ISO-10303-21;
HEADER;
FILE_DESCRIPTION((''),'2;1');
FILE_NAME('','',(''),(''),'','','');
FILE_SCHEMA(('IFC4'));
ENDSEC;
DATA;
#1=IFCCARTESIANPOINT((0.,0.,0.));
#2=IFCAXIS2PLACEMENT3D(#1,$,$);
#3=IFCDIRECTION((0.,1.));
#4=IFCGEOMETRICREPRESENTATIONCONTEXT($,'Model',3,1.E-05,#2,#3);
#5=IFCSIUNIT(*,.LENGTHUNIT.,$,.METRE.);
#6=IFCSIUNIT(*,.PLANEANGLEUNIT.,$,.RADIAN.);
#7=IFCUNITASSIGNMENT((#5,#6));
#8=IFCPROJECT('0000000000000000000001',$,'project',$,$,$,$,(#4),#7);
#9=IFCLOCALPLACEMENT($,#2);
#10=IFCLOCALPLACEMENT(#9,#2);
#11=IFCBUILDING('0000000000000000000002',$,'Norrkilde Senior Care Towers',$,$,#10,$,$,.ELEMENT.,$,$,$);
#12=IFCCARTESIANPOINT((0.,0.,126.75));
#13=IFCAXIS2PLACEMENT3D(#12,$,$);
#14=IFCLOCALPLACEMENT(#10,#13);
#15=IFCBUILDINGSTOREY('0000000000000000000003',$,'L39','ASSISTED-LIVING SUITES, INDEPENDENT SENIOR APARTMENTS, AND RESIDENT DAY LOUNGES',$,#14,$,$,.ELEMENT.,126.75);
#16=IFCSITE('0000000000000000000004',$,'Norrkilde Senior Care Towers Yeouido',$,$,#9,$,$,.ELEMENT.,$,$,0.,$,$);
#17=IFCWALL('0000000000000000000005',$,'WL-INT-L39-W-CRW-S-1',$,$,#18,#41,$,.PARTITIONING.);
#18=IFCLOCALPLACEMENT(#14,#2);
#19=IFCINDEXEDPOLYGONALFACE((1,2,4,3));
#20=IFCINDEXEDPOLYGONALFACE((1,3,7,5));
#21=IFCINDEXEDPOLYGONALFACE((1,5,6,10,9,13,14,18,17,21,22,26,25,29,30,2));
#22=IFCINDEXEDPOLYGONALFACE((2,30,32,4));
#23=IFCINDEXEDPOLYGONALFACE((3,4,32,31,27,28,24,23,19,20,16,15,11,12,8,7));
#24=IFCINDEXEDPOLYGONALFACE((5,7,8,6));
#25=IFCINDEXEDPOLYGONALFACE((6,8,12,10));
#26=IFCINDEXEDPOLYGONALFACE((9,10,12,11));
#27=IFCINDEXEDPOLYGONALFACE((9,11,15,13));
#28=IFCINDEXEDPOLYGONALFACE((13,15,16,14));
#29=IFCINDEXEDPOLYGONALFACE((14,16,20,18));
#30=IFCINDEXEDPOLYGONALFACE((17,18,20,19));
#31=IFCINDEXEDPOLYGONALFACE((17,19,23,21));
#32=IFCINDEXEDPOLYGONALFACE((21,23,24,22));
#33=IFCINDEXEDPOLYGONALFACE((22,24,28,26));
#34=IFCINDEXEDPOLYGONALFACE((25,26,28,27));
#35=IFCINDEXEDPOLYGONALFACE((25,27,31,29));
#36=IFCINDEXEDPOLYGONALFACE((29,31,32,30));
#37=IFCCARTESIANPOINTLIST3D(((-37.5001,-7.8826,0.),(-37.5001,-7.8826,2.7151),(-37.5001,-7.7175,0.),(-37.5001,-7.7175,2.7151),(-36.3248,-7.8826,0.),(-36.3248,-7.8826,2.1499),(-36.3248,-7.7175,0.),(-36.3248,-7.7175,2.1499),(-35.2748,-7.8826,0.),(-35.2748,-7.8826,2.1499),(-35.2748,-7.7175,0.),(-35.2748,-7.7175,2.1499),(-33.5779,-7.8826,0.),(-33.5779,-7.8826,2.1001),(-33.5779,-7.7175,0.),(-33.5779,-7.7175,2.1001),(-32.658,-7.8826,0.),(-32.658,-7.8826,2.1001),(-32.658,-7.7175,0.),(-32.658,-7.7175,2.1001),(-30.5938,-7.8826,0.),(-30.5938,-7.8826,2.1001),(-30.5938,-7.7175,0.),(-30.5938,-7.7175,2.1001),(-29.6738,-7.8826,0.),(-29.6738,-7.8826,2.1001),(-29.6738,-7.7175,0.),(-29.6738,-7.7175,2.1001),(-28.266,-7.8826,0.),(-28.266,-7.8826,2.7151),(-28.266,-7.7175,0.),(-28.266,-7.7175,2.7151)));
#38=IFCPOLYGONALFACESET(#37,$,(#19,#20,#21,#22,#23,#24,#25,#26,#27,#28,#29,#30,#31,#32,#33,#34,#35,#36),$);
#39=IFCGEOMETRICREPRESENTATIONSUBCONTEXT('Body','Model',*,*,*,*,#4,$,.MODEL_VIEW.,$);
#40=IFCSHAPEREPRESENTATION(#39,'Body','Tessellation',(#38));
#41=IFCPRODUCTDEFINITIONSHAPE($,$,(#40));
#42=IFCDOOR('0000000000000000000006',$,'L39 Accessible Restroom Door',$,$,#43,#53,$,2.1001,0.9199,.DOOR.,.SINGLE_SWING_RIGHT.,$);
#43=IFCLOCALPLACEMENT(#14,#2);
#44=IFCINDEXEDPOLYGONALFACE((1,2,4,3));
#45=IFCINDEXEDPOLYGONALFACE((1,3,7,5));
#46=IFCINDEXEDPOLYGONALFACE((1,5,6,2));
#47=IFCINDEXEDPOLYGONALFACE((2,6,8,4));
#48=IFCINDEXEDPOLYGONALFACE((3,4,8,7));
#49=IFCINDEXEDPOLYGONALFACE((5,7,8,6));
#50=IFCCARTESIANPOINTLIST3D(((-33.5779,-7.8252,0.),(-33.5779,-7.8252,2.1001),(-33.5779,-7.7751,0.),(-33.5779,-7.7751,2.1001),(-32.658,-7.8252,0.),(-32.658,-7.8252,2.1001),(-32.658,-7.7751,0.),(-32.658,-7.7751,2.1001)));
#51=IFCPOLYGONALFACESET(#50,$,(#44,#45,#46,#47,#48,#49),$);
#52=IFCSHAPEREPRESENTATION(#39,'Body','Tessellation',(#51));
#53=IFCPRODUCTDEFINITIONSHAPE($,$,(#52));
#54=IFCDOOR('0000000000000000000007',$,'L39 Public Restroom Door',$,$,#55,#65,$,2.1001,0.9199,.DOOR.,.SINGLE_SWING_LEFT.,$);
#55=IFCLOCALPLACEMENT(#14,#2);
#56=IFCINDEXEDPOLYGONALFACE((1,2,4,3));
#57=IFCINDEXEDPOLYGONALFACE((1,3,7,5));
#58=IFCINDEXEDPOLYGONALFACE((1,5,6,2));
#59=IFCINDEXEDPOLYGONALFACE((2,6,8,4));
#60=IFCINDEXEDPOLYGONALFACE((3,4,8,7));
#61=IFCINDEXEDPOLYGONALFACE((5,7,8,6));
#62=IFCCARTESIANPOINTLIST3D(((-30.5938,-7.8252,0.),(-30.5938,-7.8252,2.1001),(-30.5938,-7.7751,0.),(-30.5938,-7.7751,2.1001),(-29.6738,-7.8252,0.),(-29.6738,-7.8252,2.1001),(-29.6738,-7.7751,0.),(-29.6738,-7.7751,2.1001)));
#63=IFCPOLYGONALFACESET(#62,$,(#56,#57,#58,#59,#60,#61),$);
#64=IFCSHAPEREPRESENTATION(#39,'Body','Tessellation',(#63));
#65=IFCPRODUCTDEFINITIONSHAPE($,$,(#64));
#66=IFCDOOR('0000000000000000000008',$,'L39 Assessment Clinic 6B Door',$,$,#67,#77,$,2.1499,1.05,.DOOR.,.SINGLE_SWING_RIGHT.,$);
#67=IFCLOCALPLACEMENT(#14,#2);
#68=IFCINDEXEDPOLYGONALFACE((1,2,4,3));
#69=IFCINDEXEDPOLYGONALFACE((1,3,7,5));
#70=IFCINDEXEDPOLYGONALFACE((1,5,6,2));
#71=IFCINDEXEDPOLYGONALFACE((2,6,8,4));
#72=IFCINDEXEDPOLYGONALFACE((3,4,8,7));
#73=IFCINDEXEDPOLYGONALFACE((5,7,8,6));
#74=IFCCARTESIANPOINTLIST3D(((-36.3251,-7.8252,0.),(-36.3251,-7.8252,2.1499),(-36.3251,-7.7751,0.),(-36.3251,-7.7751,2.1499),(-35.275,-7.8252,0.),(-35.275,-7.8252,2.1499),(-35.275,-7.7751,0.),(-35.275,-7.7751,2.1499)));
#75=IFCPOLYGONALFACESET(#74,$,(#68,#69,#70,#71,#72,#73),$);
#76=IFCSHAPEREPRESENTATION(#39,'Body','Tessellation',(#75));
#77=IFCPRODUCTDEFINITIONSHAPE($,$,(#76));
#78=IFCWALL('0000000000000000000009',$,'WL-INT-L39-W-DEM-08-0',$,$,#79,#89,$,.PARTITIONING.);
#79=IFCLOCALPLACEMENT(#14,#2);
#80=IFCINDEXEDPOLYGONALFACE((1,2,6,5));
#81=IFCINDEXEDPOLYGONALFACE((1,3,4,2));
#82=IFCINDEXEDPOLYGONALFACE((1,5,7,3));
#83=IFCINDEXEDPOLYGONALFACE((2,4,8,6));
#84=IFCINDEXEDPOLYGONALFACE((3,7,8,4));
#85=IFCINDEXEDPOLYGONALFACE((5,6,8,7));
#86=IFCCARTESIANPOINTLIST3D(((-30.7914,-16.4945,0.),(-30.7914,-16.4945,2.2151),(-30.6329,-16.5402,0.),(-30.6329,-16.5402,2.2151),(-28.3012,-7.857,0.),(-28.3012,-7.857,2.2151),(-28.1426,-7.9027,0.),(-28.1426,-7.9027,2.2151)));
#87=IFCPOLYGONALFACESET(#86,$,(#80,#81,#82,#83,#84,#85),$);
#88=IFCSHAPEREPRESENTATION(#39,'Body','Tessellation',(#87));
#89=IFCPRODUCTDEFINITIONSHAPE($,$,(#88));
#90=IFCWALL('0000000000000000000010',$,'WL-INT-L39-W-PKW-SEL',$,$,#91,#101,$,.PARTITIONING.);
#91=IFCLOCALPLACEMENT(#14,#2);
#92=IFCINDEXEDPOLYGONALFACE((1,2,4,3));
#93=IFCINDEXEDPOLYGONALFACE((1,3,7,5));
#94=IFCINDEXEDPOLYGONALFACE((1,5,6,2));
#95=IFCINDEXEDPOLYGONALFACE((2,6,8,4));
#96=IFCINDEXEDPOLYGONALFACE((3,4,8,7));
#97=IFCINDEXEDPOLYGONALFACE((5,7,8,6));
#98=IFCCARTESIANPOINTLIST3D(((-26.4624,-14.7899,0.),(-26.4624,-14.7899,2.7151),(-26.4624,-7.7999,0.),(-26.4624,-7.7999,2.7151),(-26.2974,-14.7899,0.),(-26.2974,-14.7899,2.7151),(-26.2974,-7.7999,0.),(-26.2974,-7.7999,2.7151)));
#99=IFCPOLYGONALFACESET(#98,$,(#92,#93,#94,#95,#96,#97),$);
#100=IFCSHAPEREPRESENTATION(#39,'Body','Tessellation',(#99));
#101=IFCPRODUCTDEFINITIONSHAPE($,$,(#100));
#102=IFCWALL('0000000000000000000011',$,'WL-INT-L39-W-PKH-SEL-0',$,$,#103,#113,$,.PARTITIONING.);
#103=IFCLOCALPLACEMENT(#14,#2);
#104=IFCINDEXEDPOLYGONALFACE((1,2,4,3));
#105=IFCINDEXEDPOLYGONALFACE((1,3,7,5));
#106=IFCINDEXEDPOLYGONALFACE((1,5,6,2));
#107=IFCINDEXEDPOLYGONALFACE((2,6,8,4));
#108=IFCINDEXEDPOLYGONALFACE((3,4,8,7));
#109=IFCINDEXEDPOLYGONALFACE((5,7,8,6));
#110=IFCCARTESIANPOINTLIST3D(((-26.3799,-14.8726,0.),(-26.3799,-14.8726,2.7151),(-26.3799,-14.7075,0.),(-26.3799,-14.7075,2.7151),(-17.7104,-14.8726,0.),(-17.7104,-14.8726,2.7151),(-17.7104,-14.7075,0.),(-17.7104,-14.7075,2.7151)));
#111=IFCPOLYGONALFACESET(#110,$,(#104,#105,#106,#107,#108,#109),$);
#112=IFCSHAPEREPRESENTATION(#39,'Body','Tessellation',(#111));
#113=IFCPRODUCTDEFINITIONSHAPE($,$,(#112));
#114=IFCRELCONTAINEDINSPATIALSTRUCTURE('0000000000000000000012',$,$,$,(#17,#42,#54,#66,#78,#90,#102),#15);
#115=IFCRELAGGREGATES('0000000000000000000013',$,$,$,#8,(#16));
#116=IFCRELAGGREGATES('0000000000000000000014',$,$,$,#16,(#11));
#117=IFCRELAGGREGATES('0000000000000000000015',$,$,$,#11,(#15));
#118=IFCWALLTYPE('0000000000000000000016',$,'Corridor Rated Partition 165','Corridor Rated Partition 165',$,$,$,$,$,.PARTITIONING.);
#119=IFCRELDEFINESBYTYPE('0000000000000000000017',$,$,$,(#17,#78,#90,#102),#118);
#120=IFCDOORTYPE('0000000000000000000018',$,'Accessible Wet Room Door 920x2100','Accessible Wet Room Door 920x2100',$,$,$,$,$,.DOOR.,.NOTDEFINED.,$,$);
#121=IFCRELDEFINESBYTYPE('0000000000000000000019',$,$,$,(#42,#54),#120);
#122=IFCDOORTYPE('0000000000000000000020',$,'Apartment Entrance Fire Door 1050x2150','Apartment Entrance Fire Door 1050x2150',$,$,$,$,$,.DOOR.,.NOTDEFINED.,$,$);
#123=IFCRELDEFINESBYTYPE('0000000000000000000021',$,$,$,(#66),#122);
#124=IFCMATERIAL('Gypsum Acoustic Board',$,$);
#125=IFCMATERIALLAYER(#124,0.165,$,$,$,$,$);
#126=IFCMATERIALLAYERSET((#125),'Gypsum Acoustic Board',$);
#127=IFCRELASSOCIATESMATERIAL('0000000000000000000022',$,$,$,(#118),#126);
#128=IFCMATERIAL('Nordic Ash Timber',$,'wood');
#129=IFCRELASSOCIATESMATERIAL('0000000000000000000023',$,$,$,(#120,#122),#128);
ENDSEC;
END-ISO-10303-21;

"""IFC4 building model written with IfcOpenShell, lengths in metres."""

from ifc_helpers import new_model, si_unit, direction, frame, frame_2d, origin, place, context, subcontext, project, spatial, rectangle, extrude, source, transform, mapped, material, layer, layer_set, type_object, type_shapes, element, fill, save


model = new_model("IFC4")

# Units and contexts
model_context = context("Model", 3, precision=1e-05, world=origin(), true_north=direction((0.0, 1.0)))
body_context = subcontext(model_context, "Body", "Model", "MODEL_VIEW")
ifc_project = project(units=[si_unit("LENGTHUNIT", "METRE"), si_unit("PLANEANGLEUNIT", "RADIAN")], contexts=[model_context])

# Site, building, storey
site_placement = place(None, origin())
site = spatial("IfcSite", under=ifc_project, at=site_placement, Name="Norrkilde Senior Care Towers Yeouido", CompositionType="ELEMENT", RefElevation=0.0)
building_placement = place(site_placement, origin())
building = spatial("IfcBuilding", under=site, at=building_placement, Name="Norrkilde Senior Care Towers", CompositionType="ELEMENT")
storey_placement = place(building_placement, frame((0.0, 0.0, 126.75)))
storey = spatial("IfcBuildingStorey", under=building, at=storey_placement, Name="L39", Description="ASSISTED-LIVING SUITES, INDEPENDENT SENIOR APARTMENTS, AND RESIDENT DAY LOUNGES", CompositionType="ELEMENT", Elevation=126.75)

# Shared definitions
ifc_material_1 = material(Name="Gypsum Acoustic Board")
ifc_layer_1 = layer(ifc_material_1, 0.165)
ifc_layer_set_1 = layer_set([ifc_layer_1], Name="Gypsum Acoustic Board")
wall_type_1 = type_object("IfcWallType", Name="Corridor Rated Partition 165", Description="Corridor Rated Partition 165", PredefinedType="PARTITIONING", material=ifc_layer_set_1)

# Wall, openings, doors
shared_shape_1 = source(origin(), body_context, "Body", "SweptSolid", [
    extrude(rectangle(XDim=9.2341, YDim=0.165, at=frame_2d((4.6172, 0.0))), origin(), (0.0, 0.0, 1.0), 2.7151),
])
wall_1_placement = place(storey_placement, frame((-28.2659, -7.8, 0.0), z_axis=(0.0, 0.0, 1.0), x_axis=(-1.0, 0.0, 0.0)))
wall_1 = element("IfcWall", 1, at=wall_1_placement, inside=storey, type_object=wall_type_1, Name="WL-INT-L39-W-CRW-S-1", PredefinedType="PARTITIONING", context=body_context, shape_type="MappedRepresentation", body=[
    mapped(shared_shape_1, transform((0.0, 0.0, 0.0), x_axis=(1.0, 0.0, 0.0), y_axis=(0.0, 1.0, 0.0), z_axis=(0.0, 0.0, 1.0), scale=1.0)),
])
opening_1_placement = place(wall_1_placement, frame((7.009, 0.0, 0.0)))
opening_1 = element("IfcOpeningElement", 2, at=opening_1_placement, cuts=wall_1, PredefinedType="OPENING", context=body_context, shape_type="SweptSolid", body=[
    extrude(rectangle(XDim=1.05, YDim=2.1499, at=frame_2d((0.5249, 1.075))), frame((0.0, 0.0925, 0.0), z_axis=(0.0, -1.0, 0.0), x_axis=(1.0, 0.0, 0.0)), (0.0, 0.0, 1.0), 0.1851),
])
opening_2_placement = place(wall_1_placement, frame((4.3921, 0.0, 0.0)))
opening_2 = element("IfcOpeningElement", 3, at=opening_2_placement, cuts=wall_1, PredefinedType="OPENING", context=body_context, shape_type="SweptSolid", body=[
    extrude(rectangle(XDim=0.9199, YDim=2.1001, at=frame_2d((0.46, 1.05))), frame((0.0, 0.0925, 0.0), z_axis=(0.0, -1.0, 0.0), x_axis=(1.0, 0.0, 0.0)), (0.0, 0.0, 1.0), 0.1851),
])
opening_3_placement = place(wall_1_placement, frame((1.408, 0.0, 0.0)))
opening_3 = element("IfcOpeningElement", 4, at=opening_3_placement, cuts=wall_1, PredefinedType="OPENING", context=body_context, shape_type="SweptSolid", body=[
    extrude(rectangle(XDim=0.9199, YDim=2.1001, at=frame_2d((0.46, 1.05))), frame((0.0, 0.0925, 0.0), z_axis=(0.0, -1.0, 0.0), x_axis=(1.0, 0.0, 0.0)), (0.0, 0.0, 1.0), 0.1851),
])
ifc_material_2 = material(Name="Nordic Ash Timber", Category="wood")
door_type_1 = type_object("IfcDoorType", Name="Accessible Wet Room Door 920x2100", Description="Accessible Wet Room Door 920x2100", OperationType="NOTDEFINED", PredefinedType="DOOR", material=ifc_material_2)
shared_shape_2 = source(origin(), body_context, "Body", "SweptSolid", [
    extrude(rectangle(XDim=0.9199, YDim=2.1001, at=frame_2d((0.46, 1.05))), frame((0.0, 0.0249, 0.0), z_axis=(0.0, -1.0, 0.0), x_axis=(1.0, 0.0, 0.0)), (0.0, 0.0, 1.0), 0.05),
])
type_shapes(door_type_1, [shared_shape_2])
door_1_placement = place(opening_2_placement, frame((0.9199, 0.0, 0.0), z_axis=(0.0, 0.0, 1.0), x_axis=(-1.0, 0.0, 0.0)))
door_1 = element("IfcDoor", 5, at=door_1_placement, inside=storey, type_object=door_type_1, Name="L39 Accessible Restroom Door", OperationType="SINGLE_SWING_RIGHT", OverallHeight=2.1001, OverallWidth=0.9199, PredefinedType="DOOR", context=body_context, shape_type="MappedRepresentation", body=[
    mapped(shared_shape_2, transform((0.0, 0.0, 0.0), x_axis=(1.0, 0.0, 0.0), y_axis=(0.0, 1.0, 0.0), z_axis=(0.0, 0.0, 1.0), scale=1.0)),
])
fill(opening_2, door_1)
door_2_placement = place(opening_3_placement, frame((0.9199, 0.0, 0.0), z_axis=(0.0, 0.0, 1.0), x_axis=(-1.0, 0.0, 0.0)))
door_2 = element("IfcDoor", 6, at=door_2_placement, inside=storey, type_object=door_type_1, Name="L39 Public Restroom Door", OperationType="SINGLE_SWING_LEFT", OverallHeight=2.1001, OverallWidth=0.9199, PredefinedType="DOOR", context=body_context, shape_type="MappedRepresentation", body=[
    mapped(shared_shape_2, transform((0.0, 0.0, 0.0), x_axis=(1.0, 0.0, 0.0), y_axis=(0.0, 1.0, 0.0), z_axis=(0.0, 0.0, 1.0), scale=1.0)),
])
fill(opening_3, door_2)
door_type_2 = type_object("IfcDoorType", Name="Apartment Entrance Fire Door 1050x2150", Description="Apartment Entrance Fire Door 1050x2150", OperationType="NOTDEFINED", PredefinedType="DOOR", material=ifc_material_2)
shared_shape_3 = source(origin(), body_context, "Body", "SweptSolid", [
    extrude(rectangle(XDim=1.05, YDim=2.1499, at=frame_2d((0.5249, 1.075))), frame((0.0, 0.0249, 0.0), z_axis=(0.0, -1.0, 0.0), x_axis=(1.0, 0.0, 0.0)), (0.0, 0.0, 1.0), 0.05),
])
type_shapes(door_type_2, [shared_shape_3])
door_3_placement = place(opening_1_placement, frame((1.05, 0.0, 0.0), z_axis=(0.0, 0.0, 1.0), x_axis=(-1.0, 0.0, 0.0)))
door_3 = element("IfcDoor", 7, at=door_3_placement, inside=storey, type_object=door_type_2, Name="L39 Assessment Clinic 6B Door", OperationType="SINGLE_SWING_RIGHT", OverallHeight=2.1499, OverallWidth=1.05, PredefinedType="DOOR", context=body_context, shape_type="MappedRepresentation", body=[
    mapped(shared_shape_3, transform((0.0, 0.0, 0.0), x_axis=(1.0, 0.0, 0.0), y_axis=(0.0, 1.0, 0.0), z_axis=(0.0, 0.0, 1.0), scale=1.0)),
])
fill(opening_1, door_3)

# Walls
shared_shape_4 = source(origin(), body_context, "Body", "SweptSolid", [
    extrude(rectangle(XDim=8.9893, YDim=0.165, at=frame_2d((4.4946, 0.0))), origin(), (0.0, 0.0, 1.0), 2.2151),
])
wall_2_placement = place(storey_placement, frame((-28.2219, -7.8799, 0.0), z_axis=(0.0, 0.0, 1.0), x_axis=(-0.277023, -0.960863, 0.0)))
element("IfcWall", 8, at=wall_2_placement, inside=storey, type_object=wall_type_1, Name="WL-INT-L39-W-DEM-08-0", PredefinedType="PARTITIONING", context=body_context, shape_type="MappedRepresentation", body=[
    mapped(shared_shape_4, transform((0.0, 0.0, 0.0), x_axis=(1.0, 0.0, 0.0), y_axis=(0.0, 1.0, 0.0), z_axis=(0.0, 0.0, 1.0), scale=1.0)),
])
shared_shape_5 = source(origin(), body_context, "Body", "SweptSolid", [
    extrude(rectangle(XDim=6.99, YDim=0.165, at=frame_2d((3.4951, 0.0))), origin(), (0.0, 0.0, 1.0), 2.7151),
])
wall_3_placement = place(storey_placement, frame((-26.3799, -14.79, 0.0), z_axis=(0.0, 0.0, 1.0), x_axis=(0.0, 1.0, 0.0)))
element("IfcWall", 9, at=wall_3_placement, inside=storey, type_object=wall_type_1, Name="WL-INT-L39-W-PKW-SEL", PredefinedType="PARTITIONING", context=body_context, shape_type="MappedRepresentation", body=[
    mapped(shared_shape_5, transform((0.0, 0.0, 0.0), x_axis=(1.0, 0.0, 0.0), y_axis=(0.0, 1.0, 0.0), z_axis=(0.0, 0.0, 1.0), scale=1.0)),
])
shared_shape_6 = source(origin(), body_context, "Body", "SweptSolid", [
    extrude(rectangle(XDim=8.6694, YDim=0.165, at=frame_2d((4.3347, 0.0))), origin(), (0.0, 0.0, 1.0), 2.7151),
])
wall_4_placement = place(storey_placement, frame((-26.3799, -14.79, 0.0), z_axis=(0.0, 0.0, 1.0), x_axis=(1.0, 0.0, 0.0)))
element("IfcWall", 10, at=wall_4_placement, inside=storey, type_object=wall_type_1, Name="WL-INT-L39-W-PKH-SEL-0", PredefinedType="PARTITIONING", context=body_context, shape_type="MappedRepresentation", body=[
    mapped(shared_shape_6, transform((0.0, 0.0, 0.0), x_axis=(1.0, 0.0, 0.0), y_axis=(0.0, 1.0, 0.0), z_axis=(0.0, 0.0, 1.0), scale=1.0)),
])

save(model, "model.ifc")
